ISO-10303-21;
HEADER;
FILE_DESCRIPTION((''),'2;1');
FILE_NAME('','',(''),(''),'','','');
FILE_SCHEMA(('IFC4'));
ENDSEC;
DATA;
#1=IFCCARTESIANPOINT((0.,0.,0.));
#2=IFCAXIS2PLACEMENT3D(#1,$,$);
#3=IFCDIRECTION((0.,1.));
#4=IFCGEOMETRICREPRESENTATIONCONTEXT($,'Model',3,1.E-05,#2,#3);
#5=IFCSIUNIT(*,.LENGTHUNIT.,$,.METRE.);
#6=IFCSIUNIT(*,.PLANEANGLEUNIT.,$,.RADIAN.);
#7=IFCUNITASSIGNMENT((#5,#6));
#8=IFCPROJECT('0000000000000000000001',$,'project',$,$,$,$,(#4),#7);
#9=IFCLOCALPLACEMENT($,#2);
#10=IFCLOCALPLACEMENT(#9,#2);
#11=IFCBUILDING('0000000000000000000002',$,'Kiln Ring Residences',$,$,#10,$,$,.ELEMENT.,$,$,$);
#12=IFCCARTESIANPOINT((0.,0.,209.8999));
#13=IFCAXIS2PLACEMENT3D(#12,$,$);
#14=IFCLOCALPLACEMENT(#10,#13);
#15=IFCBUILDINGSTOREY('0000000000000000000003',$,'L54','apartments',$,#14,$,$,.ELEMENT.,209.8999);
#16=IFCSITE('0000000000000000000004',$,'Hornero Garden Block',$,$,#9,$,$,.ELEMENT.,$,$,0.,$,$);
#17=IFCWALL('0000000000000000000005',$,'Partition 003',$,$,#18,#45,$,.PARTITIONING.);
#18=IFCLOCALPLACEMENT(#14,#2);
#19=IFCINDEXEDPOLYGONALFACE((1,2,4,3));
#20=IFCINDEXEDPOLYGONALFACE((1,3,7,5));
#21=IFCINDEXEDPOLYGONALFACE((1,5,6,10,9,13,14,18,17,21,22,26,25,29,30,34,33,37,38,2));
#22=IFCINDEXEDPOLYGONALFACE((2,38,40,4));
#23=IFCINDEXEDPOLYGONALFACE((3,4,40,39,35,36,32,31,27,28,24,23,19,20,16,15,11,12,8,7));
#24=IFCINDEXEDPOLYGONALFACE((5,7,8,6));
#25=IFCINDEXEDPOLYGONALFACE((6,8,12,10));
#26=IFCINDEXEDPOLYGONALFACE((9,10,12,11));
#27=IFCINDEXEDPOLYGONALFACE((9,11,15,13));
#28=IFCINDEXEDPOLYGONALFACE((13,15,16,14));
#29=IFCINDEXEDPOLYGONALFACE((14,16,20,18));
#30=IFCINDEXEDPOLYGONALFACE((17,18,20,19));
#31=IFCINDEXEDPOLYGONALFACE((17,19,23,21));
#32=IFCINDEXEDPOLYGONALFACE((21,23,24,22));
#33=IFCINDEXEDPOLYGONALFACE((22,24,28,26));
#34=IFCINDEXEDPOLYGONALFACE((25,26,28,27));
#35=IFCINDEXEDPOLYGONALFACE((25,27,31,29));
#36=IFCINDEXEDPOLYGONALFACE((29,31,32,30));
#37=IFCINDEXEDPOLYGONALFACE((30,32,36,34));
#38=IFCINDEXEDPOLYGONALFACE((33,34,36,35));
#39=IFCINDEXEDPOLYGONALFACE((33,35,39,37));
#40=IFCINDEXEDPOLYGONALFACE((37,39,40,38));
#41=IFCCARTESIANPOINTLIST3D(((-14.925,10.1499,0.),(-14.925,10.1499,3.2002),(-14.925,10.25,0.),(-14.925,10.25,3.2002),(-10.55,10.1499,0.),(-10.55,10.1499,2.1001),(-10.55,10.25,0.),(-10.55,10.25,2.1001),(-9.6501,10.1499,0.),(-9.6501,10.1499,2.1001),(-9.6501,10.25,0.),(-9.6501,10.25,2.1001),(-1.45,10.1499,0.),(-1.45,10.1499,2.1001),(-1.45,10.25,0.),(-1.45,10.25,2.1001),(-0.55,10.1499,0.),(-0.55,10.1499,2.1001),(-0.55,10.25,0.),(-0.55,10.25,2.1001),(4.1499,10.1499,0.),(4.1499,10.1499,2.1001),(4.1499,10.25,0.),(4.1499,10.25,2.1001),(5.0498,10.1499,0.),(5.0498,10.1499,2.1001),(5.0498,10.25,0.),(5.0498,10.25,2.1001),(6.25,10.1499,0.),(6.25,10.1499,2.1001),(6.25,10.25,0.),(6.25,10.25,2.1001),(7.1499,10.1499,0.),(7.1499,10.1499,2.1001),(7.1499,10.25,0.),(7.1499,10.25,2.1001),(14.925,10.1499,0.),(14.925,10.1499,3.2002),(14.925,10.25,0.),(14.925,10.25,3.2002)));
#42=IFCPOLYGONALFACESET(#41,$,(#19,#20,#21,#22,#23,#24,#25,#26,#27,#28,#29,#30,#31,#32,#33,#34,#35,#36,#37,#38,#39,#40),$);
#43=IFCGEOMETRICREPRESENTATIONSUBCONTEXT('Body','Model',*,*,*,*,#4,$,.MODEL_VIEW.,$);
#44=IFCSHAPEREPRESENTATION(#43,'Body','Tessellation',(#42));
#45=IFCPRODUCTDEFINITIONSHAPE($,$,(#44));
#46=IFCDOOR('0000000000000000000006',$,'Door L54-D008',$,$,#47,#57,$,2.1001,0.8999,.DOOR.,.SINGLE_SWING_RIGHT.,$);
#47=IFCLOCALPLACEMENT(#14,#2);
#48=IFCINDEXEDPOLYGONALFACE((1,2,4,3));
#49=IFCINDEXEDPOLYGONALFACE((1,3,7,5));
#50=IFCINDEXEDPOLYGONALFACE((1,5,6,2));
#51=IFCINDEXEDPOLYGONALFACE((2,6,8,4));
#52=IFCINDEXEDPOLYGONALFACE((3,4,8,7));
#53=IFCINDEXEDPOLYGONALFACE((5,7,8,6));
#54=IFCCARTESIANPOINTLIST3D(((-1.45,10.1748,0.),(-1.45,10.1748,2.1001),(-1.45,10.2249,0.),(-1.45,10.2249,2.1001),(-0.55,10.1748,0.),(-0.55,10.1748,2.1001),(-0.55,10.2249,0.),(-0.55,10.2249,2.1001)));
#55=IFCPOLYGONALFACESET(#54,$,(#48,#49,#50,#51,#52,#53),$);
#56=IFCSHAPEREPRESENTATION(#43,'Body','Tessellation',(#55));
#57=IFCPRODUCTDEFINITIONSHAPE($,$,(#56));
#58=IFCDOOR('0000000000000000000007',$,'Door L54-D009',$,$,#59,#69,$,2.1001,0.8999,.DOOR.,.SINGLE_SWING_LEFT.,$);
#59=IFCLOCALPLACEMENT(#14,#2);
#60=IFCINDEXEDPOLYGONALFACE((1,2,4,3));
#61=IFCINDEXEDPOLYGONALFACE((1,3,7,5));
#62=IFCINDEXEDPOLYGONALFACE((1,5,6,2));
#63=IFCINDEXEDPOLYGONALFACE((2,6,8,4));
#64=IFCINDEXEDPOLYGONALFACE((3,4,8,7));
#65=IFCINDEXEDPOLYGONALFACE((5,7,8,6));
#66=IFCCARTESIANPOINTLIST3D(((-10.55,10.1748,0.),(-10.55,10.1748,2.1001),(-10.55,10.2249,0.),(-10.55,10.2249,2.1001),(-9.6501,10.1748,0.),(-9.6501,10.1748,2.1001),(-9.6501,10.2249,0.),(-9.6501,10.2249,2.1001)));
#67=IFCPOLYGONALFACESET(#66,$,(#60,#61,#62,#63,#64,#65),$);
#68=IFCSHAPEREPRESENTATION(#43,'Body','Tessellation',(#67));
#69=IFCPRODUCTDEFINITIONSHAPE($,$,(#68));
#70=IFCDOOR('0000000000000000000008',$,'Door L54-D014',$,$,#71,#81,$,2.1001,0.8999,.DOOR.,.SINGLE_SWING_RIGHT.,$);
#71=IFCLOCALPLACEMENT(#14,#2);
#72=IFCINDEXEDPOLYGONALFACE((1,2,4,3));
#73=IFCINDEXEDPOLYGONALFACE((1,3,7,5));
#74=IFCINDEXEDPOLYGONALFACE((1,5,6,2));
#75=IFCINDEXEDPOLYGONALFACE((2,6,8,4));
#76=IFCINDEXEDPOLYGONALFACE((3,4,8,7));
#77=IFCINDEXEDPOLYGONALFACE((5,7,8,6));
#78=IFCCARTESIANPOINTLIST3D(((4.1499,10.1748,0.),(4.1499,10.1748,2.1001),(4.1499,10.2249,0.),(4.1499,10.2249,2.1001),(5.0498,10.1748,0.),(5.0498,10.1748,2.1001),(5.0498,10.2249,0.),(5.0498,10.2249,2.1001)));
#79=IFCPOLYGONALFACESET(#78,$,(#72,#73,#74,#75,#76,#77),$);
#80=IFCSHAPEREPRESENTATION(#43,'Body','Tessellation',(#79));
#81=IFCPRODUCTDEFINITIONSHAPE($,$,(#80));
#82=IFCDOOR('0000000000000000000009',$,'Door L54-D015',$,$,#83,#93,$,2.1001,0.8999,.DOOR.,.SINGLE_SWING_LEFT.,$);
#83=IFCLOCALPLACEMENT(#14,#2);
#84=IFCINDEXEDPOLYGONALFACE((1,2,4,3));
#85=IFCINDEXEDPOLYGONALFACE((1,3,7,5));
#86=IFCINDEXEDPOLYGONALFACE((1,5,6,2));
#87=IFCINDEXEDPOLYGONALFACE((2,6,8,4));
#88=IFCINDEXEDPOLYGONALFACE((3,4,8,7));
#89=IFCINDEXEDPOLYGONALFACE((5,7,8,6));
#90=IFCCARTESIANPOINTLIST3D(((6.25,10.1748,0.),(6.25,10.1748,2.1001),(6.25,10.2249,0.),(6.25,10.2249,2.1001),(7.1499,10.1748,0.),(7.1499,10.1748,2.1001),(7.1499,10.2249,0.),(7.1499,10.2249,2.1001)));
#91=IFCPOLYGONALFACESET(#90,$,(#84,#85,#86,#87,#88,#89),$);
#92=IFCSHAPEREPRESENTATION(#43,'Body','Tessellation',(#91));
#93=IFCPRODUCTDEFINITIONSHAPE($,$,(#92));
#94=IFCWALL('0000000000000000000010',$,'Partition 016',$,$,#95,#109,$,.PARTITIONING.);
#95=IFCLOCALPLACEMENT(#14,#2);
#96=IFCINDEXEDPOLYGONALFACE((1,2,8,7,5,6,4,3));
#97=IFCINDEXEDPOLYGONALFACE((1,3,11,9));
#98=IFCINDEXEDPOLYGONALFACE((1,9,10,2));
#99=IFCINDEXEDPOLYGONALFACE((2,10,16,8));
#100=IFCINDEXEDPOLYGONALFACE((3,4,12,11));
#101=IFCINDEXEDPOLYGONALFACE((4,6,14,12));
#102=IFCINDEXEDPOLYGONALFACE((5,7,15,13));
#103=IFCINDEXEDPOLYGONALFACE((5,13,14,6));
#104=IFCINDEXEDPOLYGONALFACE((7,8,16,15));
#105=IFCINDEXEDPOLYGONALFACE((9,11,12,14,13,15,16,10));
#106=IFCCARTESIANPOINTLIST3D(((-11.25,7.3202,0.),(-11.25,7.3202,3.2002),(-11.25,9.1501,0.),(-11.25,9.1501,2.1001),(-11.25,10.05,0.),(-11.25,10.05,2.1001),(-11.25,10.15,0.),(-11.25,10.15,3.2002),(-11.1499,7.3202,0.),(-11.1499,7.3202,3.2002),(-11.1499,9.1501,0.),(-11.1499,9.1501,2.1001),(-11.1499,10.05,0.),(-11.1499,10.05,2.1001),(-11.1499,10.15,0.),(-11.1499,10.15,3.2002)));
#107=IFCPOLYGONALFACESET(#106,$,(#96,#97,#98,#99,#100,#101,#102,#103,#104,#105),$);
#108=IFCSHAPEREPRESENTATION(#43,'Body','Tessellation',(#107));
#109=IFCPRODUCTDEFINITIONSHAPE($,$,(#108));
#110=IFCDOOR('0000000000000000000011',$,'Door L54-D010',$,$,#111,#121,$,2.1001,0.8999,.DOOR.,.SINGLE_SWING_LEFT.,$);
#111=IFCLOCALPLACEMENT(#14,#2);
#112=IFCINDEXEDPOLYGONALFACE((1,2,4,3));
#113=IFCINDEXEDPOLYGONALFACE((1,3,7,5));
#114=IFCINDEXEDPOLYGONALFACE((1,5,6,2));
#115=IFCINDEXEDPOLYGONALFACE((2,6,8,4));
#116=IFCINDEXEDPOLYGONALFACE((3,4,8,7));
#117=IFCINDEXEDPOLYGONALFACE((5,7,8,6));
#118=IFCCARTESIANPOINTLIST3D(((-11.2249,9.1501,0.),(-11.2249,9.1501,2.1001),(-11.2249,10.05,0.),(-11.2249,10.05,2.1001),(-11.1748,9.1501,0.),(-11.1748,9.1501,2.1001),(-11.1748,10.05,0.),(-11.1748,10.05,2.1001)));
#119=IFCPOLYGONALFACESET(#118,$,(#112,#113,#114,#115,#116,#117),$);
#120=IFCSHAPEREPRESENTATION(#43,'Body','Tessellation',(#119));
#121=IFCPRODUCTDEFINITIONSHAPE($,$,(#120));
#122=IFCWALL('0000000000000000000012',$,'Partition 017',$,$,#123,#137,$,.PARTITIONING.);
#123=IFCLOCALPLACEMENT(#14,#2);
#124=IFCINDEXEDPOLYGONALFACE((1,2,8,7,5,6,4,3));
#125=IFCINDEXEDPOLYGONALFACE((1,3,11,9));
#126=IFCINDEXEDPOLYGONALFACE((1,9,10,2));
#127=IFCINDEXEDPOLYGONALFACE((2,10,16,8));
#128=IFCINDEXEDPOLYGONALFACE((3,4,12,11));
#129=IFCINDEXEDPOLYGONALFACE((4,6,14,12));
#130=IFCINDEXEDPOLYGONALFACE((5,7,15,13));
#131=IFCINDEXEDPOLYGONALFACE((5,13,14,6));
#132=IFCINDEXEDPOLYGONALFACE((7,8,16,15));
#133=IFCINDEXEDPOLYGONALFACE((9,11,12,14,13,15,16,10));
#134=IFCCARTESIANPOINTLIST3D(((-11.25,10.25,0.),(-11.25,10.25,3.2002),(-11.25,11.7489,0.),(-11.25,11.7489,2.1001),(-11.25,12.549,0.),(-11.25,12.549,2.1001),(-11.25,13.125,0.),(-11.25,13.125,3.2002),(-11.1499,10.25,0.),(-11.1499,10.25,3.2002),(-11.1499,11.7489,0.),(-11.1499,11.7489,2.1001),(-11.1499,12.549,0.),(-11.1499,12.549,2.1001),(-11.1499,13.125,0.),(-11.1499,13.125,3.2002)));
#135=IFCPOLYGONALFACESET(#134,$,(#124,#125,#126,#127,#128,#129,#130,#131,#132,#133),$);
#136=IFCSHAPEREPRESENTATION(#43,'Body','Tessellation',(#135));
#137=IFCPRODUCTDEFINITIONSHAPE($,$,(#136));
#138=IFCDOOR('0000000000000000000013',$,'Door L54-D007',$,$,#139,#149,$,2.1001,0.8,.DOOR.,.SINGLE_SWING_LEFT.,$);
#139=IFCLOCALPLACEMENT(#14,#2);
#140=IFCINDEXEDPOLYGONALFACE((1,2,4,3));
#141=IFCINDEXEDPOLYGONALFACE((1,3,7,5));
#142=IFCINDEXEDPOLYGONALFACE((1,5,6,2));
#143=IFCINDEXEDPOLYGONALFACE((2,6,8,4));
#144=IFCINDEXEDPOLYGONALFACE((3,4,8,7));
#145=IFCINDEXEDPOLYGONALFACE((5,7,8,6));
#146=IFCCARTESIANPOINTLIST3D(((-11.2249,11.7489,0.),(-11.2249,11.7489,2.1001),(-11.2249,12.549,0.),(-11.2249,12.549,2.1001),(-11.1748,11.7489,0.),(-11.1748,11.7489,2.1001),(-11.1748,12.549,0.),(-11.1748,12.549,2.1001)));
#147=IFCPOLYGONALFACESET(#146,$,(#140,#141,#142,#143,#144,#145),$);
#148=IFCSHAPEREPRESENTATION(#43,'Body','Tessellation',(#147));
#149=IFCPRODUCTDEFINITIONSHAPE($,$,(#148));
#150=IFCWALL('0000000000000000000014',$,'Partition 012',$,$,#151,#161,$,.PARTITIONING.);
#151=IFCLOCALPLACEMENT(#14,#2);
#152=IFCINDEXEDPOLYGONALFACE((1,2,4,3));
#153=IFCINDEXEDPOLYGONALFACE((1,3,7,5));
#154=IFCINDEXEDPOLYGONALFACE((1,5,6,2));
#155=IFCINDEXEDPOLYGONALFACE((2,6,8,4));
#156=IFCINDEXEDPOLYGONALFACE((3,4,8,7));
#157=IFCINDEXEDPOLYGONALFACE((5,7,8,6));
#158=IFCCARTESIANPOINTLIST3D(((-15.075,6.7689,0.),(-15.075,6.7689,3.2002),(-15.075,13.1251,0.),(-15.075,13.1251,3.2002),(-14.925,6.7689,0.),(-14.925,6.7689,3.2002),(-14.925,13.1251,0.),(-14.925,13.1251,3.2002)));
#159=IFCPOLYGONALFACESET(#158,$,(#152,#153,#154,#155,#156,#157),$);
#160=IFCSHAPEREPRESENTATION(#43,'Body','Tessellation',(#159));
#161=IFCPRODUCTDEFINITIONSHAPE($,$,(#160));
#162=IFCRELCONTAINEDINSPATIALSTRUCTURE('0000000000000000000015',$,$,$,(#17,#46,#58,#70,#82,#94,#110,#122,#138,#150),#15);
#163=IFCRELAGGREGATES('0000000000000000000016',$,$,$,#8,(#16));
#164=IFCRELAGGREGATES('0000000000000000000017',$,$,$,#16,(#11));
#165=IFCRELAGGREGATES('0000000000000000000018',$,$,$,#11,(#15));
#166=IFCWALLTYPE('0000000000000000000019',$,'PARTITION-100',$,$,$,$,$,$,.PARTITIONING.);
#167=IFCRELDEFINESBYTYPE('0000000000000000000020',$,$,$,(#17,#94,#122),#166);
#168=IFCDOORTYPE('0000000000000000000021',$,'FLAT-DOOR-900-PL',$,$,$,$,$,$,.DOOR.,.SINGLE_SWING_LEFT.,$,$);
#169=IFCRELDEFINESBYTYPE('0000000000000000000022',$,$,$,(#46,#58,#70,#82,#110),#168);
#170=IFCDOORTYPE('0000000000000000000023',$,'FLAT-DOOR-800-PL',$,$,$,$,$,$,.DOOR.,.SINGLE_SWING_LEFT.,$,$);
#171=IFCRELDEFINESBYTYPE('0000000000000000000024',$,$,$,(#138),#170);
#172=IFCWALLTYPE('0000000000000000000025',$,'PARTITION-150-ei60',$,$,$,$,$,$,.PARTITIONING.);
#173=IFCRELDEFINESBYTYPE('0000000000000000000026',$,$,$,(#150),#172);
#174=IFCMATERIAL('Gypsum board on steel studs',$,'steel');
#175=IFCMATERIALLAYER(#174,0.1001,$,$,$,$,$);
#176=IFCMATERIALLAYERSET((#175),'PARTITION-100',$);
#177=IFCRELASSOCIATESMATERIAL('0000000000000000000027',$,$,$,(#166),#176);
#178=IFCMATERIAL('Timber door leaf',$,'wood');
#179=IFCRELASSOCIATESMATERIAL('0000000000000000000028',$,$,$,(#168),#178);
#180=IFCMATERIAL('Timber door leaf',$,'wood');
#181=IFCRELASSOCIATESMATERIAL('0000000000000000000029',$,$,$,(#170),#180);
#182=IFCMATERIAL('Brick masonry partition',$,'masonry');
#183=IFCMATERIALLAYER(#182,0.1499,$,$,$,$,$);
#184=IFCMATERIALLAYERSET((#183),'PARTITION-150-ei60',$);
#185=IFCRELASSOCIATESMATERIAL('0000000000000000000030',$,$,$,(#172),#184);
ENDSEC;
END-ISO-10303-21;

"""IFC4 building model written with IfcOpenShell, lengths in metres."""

from ifc_helpers import new_model, si_unit, direction, frame, frame_2d, origin, place, context, subcontext, project, spatial, rectangle, extrude, material, layer, layer_set, type_object, element, fill, save


model = new_model("IFC4")

# Units and contexts
model_context = context("Model", 3, precision=1e-05, world=origin(), true_north=direction((0.0, 1.0)))
body_context = subcontext(model_context, "Body", "Model", "MODEL_VIEW")
ifc_project = project(units=[si_unit("LENGTHUNIT", "METRE"), si_unit("PLANEANGLEUNIT", "RADIAN")], contexts=[model_context])

# Site, building, storey
site_placement = place(None, origin())
site = spatial("IfcSite", under=ifc_project, at=site_placement, Name="Hornero Garden Block", CompositionType="ELEMENT", RefElevation=0.0)
building_placement = place(site_placement, origin())
building = spatial("IfcBuilding", under=site, at=building_placement, Name="Kiln Ring Residences", CompositionType="ELEMENT")
storey_placement = place(building_placement, frame((0.0, 0.0, 209.8999)))
storey = spatial("IfcBuildingStorey", under=building, at=storey_placement, Name="L54", Description="apartments", CompositionType="ELEMENT", Elevation=209.8999)

# Wall, openings, doors
ifc_material_1 = material(Name="Gypsum board on steel studs", Category="steel")
ifc_layer_1 = layer(ifc_material_1, 0.1001)
ifc_layer_set_1 = layer_set([ifc_layer_1], Name="PARTITION-100")
wall_type_1 = type_object("IfcWallType", Name="PARTITION-100", PredefinedType="PARTITIONING", material=ifc_layer_set_1)
wall_1_placement = place(storey_placement, frame((-14.925, 10.2, 0.0), z_axis=(0.0, 0.0, 1.0), x_axis=(1.0, 0.0, 0.0)))
wall_1 = element("IfcWall", 1, at=wall_1_placement, inside=storey, type_object=wall_type_1, Name="Partition 003", PredefinedType="PARTITIONING", context=body_context, shape_type="SweptSolid", body=[
    extrude(rectangle(XDim=29.8501, YDim=0.1001, at=frame_2d((14.925, 0.0))), origin(), (0.0, 0.0, 1.0), 3.2002),
])
opening_1_placement = place(wall_1_placement, frame((13.4751, 0.0, 0.0)))
opening_1 = element("IfcOpeningElement", 2, at=opening_1_placement, cuts=wall_1, PredefinedType="OPENING", context=body_context, shape_type="SweptSolid", body=[
    extrude(rectangle(XDim=0.8999, YDim=2.1001, at=frame_2d((0.45, 1.05))), frame((0.0, 0.0601, 0.0), z_axis=(0.0, -1.0, 0.0), x_axis=(1.0, 0.0, 0.0)), (0.0, 0.0, 1.0), 0.1201),
])
opening_2_placement = place(wall_1_placement, frame((4.375, 0.0, 0.0)))
opening_2 = element("IfcOpeningElement", 3, at=opening_2_placement, cuts=wall_1, PredefinedType="OPENING", context=body_context, shape_type="SweptSolid", body=[
    extrude(rectangle(XDim=0.8999, YDim=2.1001, at=frame_2d((0.45, 1.05))), frame((0.0, 0.0601, 0.0), z_axis=(0.0, -1.0, 0.0), x_axis=(1.0, 0.0, 0.0)), (0.0, 0.0, 1.0), 0.1201),
])
opening_3_placement = place(wall_1_placement, frame((19.075, 0.0, 0.0)))
opening_3 = element("IfcOpeningElement", 4, at=opening_3_placement, cuts=wall_1, PredefinedType="OPENING", context=body_context, shape_type="SweptSolid", body=[
    extrude(rectangle(XDim=0.8999, YDim=2.1001, at=frame_2d((0.45, 1.05))), frame((0.0, 0.0601, 0.0), z_axis=(0.0, -1.0, 0.0), x_axis=(1.0, 0.0, 0.0)), (0.0, 0.0, 1.0), 0.1201),
])
opening_4_placement = place(wall_1_placement, frame((21.175, 0.0, 0.0)))
opening_4 = element("IfcOpeningElement", 5, at=opening_4_placement, cuts=wall_1, PredefinedType="OPENING", context=body_context, shape_type="SweptSolid", body=[
    extrude(rectangle(XDim=0.8999, YDim=2.1001, at=frame_2d((0.45, 1.05))), frame((0.0, 0.0601, 0.0), z_axis=(0.0, -1.0, 0.0), x_axis=(1.0, 0.0, 0.0)), (0.0, 0.0, 1.0), 0.1201),
])
ifc_material_2 = material(Name="Timber door leaf", Category="wood")
door_type_1 = type_object("IfcDoorType", Name="FLAT-DOOR-900-PL", OperationType="SINGLE_SWING_LEFT", PredefinedType="DOOR", material=ifc_material_2)
door_1_placement = place(opening_1_placement, origin())
door_1 = element("IfcDoor", 6, at=door_1_placement, inside=storey, type_object=door_type_1, Name="Door L54-D008", OperationType="SINGLE_SWING_RIGHT", OverallHeight=2.1001, OverallWidth=0.8999, PredefinedType="DOOR", context=body_context, shape_type="SweptSolid", body=[
    extrude(rectangle(XDim=0.8999, YDim=2.1001, at=frame_2d((0.45, 1.05))), frame((0.0, 0.0249, 0.0), z_axis=(0.0, -1.0, 0.0), x_axis=(1.0, 0.0, 0.0)), (0.0, 0.0, 1.0), 0.05),
])
fill(opening_1, door_1)
door_2_placement = place(opening_2_placement, origin())
door_2 = element("IfcDoor", 7, at=door_2_placement, inside=storey, type_object=door_type_1, Name="Door L54-D009", OperationType="SINGLE_SWING_LEFT", OverallHeight=2.1001, OverallWidth=0.8999, PredefinedType="DOOR", context=body_context, shape_type="SweptSolid", body=[
    extrude(rectangle(XDim=0.8999, YDim=2.1001, at=frame_2d((0.45, 1.05))), frame((0.0, 0.0249, 0.0), z_axis=(0.0, -1.0, 0.0), x_axis=(1.0, 0.0, 0.0)), (0.0, 0.0, 1.0), 0.05),
])
fill(opening_2, door_2)
door_3_placement = place(opening_3_placement, origin())
door_3 = element("IfcDoor", 8, at=door_3_placement, inside=storey, type_object=door_type_1, Name="Door L54-D014", OperationType="SINGLE_SWING_RIGHT", OverallHeight=2.1001, OverallWidth=0.8999, PredefinedType="DOOR", context=body_context, shape_type="SweptSolid", body=[
    extrude(rectangle(XDim=0.8999, YDim=2.1001, at=frame_2d((0.45, 1.05))), frame((0.0, 0.0249, 0.0), z_axis=(0.0, -1.0, 0.0), x_axis=(1.0, 0.0, 0.0)), (0.0, 0.0, 1.0), 0.05),
])
fill(opening_3, door_3)
door_4_placement = place(opening_4_placement, origin())
door_4 = element("IfcDoor", 9, at=door_4_placement, inside=storey, type_object=door_type_1, Name="Door L54-D015", OperationType="SINGLE_SWING_LEFT", OverallHeight=2.1001, OverallWidth=0.8999, PredefinedType="DOOR", context=body_context, shape_type="SweptSolid", body=[
    extrude(rectangle(XDim=0.8999, YDim=2.1001, at=frame_2d((0.45, 1.05))), frame((0.0, 0.0249, 0.0), z_axis=(0.0, -1.0, 0.0), x_axis=(1.0, 0.0, 0.0)), (0.0, 0.0, 1.0), 0.05),
])
fill(opening_4, door_4)

# Walls, openings, doors
wall_2_placement = place(storey_placement, frame((-11.2, 7.3201, 0.0), z_axis=(0.0, 0.0, 1.0), x_axis=(0.0, 1.0, 0.0)))
wall_2 = element("IfcWall", 10, at=wall_2_placement, inside=storey, type_object=wall_type_1, Name="Partition 016", PredefinedType="PARTITIONING", context=body_context, shape_type="SweptSolid", body=[
    extrude(rectangle(XDim=2.8298, YDim=0.1001, at=frame_2d((1.415, 0.0))), origin(), (0.0, 0.0, 1.0), 3.2002),
])
opening_5_placement = place(wall_2_placement, frame((1.8301, 0.0, 0.0)))
opening_5 = element("IfcOpeningElement", 11, at=opening_5_placement, cuts=wall_2, PredefinedType="OPENING", context=body_context, shape_type="SweptSolid", body=[
    extrude(rectangle(XDim=0.8999, YDim=2.1001, at=frame_2d((0.45, 1.05))), frame((0.0, 0.0601, 0.0), z_axis=(0.0, -1.0, 0.0), x_axis=(1.0, 0.0, 0.0)), (0.0, 0.0, 1.0), 0.1201),
])
door_5_placement = place(opening_5_placement, origin())
door_5 = element("IfcDoor", 12, at=door_5_placement, inside=storey, type_object=door_type_1, Name="Door L54-D010", OperationType="SINGLE_SWING_LEFT", OverallHeight=2.1001, OverallWidth=0.8999, PredefinedType="DOOR", context=body_context, shape_type="SweptSolid", body=[
    extrude(rectangle(XDim=0.8999, YDim=2.1001, at=frame_2d((0.45, 1.05))), frame((0.0, 0.0249, 0.0), z_axis=(0.0, -1.0, 0.0), x_axis=(1.0, 0.0, 0.0)), (0.0, 0.0, 1.0), 0.05),
])
fill(opening_5, door_5)
wall_3_placement = place(storey_placement, frame((-11.2, 10.25, 0.0), z_axis=(0.0, 0.0, 1.0), x_axis=(0.0, 1.0, 0.0)))
wall_3 = element("IfcWall", 13, at=wall_3_placement, inside=storey, type_object=wall_type_1, Name="Partition 017", PredefinedType="PARTITIONING", context=body_context, shape_type="SweptSolid", body=[
    extrude(rectangle(XDim=2.875, YDim=0.1001, at=frame_2d((1.4375, 0.0))), origin(), (0.0, 0.0, 1.0), 3.2002),
])
opening_6_placement = place(wall_3_placement, frame((1.499, 0.0, 0.0)))
opening_6 = element("IfcOpeningElement", 14, at=opening_6_placement, cuts=wall_3, PredefinedType="OPENING", context=body_context, shape_type="SweptSolid", body=[
    extrude(rectangle(XDim=0.8, YDim=2.1001, at=frame_2d((0.3999, 1.05))), frame((0.0, 0.0601, 0.0), z_axis=(0.0, -1.0, 0.0), x_axis=(1.0, 0.0, 0.0)), (0.0, 0.0, 1.0), 0.1201),
])
ifc_material_3 = material(Name="Timber door leaf", Category="wood")
door_type_2 = type_object("IfcDoorType", Name="FLAT-DOOR-800-PL", OperationType="SINGLE_SWING_LEFT", PredefinedType="DOOR", material=ifc_material_3)
door_6_placement = place(opening_6_placement, origin())
door_6 = element("IfcDoor", 15, at=door_6_placement, inside=storey, type_object=door_type_2, Name="Door L54-D007", OperationType="SINGLE_SWING_LEFT", OverallHeight=2.1001, OverallWidth=0.8, PredefinedType="DOOR", context=body_context, shape_type="SweptSolid", body=[
    extrude(rectangle(XDim=0.8, YDim=2.1001, at=frame_2d((0.3999, 1.05))), frame((0.0, 0.0249, 0.0), z_axis=(0.0, -1.0, 0.0), x_axis=(1.0, 0.0, 0.0)), (0.0, 0.0, 1.0), 0.05),
])
fill(opening_6, door_6)

# Wall
ifc_material_4 = material(Name="Brick masonry partition", Category="masonry")
ifc_layer_2 = layer(ifc_material_4, 0.1499)
ifc_layer_set_2 = layer_set([ifc_layer_2], Name="PARTITION-150-ei60")
wall_type_2 = type_object("IfcWallType", Name="PARTITION-150-ei60", PredefinedType="PARTITIONING", material=ifc_layer_set_2)
wall_4_placement = place(storey_placement, frame((-15.0, 6.7688, 0.0), z_axis=(0.0, 0.0, 1.0), x_axis=(0.0, 1.0, 0.0)))
element("IfcWall", 16, at=wall_4_placement, inside=storey, type_object=wall_type_2, Name="Partition 012", PredefinedType="PARTITIONING", context=body_context, shape_type="SweptSolid", body=[
    extrude(rectangle(XDim=6.3562, YDim=0.1499, at=frame_2d((3.1782, 0.0))), origin(), (0.0, 0.0, 1.0), 3.2002),
])

save(model, "model.ifc")
